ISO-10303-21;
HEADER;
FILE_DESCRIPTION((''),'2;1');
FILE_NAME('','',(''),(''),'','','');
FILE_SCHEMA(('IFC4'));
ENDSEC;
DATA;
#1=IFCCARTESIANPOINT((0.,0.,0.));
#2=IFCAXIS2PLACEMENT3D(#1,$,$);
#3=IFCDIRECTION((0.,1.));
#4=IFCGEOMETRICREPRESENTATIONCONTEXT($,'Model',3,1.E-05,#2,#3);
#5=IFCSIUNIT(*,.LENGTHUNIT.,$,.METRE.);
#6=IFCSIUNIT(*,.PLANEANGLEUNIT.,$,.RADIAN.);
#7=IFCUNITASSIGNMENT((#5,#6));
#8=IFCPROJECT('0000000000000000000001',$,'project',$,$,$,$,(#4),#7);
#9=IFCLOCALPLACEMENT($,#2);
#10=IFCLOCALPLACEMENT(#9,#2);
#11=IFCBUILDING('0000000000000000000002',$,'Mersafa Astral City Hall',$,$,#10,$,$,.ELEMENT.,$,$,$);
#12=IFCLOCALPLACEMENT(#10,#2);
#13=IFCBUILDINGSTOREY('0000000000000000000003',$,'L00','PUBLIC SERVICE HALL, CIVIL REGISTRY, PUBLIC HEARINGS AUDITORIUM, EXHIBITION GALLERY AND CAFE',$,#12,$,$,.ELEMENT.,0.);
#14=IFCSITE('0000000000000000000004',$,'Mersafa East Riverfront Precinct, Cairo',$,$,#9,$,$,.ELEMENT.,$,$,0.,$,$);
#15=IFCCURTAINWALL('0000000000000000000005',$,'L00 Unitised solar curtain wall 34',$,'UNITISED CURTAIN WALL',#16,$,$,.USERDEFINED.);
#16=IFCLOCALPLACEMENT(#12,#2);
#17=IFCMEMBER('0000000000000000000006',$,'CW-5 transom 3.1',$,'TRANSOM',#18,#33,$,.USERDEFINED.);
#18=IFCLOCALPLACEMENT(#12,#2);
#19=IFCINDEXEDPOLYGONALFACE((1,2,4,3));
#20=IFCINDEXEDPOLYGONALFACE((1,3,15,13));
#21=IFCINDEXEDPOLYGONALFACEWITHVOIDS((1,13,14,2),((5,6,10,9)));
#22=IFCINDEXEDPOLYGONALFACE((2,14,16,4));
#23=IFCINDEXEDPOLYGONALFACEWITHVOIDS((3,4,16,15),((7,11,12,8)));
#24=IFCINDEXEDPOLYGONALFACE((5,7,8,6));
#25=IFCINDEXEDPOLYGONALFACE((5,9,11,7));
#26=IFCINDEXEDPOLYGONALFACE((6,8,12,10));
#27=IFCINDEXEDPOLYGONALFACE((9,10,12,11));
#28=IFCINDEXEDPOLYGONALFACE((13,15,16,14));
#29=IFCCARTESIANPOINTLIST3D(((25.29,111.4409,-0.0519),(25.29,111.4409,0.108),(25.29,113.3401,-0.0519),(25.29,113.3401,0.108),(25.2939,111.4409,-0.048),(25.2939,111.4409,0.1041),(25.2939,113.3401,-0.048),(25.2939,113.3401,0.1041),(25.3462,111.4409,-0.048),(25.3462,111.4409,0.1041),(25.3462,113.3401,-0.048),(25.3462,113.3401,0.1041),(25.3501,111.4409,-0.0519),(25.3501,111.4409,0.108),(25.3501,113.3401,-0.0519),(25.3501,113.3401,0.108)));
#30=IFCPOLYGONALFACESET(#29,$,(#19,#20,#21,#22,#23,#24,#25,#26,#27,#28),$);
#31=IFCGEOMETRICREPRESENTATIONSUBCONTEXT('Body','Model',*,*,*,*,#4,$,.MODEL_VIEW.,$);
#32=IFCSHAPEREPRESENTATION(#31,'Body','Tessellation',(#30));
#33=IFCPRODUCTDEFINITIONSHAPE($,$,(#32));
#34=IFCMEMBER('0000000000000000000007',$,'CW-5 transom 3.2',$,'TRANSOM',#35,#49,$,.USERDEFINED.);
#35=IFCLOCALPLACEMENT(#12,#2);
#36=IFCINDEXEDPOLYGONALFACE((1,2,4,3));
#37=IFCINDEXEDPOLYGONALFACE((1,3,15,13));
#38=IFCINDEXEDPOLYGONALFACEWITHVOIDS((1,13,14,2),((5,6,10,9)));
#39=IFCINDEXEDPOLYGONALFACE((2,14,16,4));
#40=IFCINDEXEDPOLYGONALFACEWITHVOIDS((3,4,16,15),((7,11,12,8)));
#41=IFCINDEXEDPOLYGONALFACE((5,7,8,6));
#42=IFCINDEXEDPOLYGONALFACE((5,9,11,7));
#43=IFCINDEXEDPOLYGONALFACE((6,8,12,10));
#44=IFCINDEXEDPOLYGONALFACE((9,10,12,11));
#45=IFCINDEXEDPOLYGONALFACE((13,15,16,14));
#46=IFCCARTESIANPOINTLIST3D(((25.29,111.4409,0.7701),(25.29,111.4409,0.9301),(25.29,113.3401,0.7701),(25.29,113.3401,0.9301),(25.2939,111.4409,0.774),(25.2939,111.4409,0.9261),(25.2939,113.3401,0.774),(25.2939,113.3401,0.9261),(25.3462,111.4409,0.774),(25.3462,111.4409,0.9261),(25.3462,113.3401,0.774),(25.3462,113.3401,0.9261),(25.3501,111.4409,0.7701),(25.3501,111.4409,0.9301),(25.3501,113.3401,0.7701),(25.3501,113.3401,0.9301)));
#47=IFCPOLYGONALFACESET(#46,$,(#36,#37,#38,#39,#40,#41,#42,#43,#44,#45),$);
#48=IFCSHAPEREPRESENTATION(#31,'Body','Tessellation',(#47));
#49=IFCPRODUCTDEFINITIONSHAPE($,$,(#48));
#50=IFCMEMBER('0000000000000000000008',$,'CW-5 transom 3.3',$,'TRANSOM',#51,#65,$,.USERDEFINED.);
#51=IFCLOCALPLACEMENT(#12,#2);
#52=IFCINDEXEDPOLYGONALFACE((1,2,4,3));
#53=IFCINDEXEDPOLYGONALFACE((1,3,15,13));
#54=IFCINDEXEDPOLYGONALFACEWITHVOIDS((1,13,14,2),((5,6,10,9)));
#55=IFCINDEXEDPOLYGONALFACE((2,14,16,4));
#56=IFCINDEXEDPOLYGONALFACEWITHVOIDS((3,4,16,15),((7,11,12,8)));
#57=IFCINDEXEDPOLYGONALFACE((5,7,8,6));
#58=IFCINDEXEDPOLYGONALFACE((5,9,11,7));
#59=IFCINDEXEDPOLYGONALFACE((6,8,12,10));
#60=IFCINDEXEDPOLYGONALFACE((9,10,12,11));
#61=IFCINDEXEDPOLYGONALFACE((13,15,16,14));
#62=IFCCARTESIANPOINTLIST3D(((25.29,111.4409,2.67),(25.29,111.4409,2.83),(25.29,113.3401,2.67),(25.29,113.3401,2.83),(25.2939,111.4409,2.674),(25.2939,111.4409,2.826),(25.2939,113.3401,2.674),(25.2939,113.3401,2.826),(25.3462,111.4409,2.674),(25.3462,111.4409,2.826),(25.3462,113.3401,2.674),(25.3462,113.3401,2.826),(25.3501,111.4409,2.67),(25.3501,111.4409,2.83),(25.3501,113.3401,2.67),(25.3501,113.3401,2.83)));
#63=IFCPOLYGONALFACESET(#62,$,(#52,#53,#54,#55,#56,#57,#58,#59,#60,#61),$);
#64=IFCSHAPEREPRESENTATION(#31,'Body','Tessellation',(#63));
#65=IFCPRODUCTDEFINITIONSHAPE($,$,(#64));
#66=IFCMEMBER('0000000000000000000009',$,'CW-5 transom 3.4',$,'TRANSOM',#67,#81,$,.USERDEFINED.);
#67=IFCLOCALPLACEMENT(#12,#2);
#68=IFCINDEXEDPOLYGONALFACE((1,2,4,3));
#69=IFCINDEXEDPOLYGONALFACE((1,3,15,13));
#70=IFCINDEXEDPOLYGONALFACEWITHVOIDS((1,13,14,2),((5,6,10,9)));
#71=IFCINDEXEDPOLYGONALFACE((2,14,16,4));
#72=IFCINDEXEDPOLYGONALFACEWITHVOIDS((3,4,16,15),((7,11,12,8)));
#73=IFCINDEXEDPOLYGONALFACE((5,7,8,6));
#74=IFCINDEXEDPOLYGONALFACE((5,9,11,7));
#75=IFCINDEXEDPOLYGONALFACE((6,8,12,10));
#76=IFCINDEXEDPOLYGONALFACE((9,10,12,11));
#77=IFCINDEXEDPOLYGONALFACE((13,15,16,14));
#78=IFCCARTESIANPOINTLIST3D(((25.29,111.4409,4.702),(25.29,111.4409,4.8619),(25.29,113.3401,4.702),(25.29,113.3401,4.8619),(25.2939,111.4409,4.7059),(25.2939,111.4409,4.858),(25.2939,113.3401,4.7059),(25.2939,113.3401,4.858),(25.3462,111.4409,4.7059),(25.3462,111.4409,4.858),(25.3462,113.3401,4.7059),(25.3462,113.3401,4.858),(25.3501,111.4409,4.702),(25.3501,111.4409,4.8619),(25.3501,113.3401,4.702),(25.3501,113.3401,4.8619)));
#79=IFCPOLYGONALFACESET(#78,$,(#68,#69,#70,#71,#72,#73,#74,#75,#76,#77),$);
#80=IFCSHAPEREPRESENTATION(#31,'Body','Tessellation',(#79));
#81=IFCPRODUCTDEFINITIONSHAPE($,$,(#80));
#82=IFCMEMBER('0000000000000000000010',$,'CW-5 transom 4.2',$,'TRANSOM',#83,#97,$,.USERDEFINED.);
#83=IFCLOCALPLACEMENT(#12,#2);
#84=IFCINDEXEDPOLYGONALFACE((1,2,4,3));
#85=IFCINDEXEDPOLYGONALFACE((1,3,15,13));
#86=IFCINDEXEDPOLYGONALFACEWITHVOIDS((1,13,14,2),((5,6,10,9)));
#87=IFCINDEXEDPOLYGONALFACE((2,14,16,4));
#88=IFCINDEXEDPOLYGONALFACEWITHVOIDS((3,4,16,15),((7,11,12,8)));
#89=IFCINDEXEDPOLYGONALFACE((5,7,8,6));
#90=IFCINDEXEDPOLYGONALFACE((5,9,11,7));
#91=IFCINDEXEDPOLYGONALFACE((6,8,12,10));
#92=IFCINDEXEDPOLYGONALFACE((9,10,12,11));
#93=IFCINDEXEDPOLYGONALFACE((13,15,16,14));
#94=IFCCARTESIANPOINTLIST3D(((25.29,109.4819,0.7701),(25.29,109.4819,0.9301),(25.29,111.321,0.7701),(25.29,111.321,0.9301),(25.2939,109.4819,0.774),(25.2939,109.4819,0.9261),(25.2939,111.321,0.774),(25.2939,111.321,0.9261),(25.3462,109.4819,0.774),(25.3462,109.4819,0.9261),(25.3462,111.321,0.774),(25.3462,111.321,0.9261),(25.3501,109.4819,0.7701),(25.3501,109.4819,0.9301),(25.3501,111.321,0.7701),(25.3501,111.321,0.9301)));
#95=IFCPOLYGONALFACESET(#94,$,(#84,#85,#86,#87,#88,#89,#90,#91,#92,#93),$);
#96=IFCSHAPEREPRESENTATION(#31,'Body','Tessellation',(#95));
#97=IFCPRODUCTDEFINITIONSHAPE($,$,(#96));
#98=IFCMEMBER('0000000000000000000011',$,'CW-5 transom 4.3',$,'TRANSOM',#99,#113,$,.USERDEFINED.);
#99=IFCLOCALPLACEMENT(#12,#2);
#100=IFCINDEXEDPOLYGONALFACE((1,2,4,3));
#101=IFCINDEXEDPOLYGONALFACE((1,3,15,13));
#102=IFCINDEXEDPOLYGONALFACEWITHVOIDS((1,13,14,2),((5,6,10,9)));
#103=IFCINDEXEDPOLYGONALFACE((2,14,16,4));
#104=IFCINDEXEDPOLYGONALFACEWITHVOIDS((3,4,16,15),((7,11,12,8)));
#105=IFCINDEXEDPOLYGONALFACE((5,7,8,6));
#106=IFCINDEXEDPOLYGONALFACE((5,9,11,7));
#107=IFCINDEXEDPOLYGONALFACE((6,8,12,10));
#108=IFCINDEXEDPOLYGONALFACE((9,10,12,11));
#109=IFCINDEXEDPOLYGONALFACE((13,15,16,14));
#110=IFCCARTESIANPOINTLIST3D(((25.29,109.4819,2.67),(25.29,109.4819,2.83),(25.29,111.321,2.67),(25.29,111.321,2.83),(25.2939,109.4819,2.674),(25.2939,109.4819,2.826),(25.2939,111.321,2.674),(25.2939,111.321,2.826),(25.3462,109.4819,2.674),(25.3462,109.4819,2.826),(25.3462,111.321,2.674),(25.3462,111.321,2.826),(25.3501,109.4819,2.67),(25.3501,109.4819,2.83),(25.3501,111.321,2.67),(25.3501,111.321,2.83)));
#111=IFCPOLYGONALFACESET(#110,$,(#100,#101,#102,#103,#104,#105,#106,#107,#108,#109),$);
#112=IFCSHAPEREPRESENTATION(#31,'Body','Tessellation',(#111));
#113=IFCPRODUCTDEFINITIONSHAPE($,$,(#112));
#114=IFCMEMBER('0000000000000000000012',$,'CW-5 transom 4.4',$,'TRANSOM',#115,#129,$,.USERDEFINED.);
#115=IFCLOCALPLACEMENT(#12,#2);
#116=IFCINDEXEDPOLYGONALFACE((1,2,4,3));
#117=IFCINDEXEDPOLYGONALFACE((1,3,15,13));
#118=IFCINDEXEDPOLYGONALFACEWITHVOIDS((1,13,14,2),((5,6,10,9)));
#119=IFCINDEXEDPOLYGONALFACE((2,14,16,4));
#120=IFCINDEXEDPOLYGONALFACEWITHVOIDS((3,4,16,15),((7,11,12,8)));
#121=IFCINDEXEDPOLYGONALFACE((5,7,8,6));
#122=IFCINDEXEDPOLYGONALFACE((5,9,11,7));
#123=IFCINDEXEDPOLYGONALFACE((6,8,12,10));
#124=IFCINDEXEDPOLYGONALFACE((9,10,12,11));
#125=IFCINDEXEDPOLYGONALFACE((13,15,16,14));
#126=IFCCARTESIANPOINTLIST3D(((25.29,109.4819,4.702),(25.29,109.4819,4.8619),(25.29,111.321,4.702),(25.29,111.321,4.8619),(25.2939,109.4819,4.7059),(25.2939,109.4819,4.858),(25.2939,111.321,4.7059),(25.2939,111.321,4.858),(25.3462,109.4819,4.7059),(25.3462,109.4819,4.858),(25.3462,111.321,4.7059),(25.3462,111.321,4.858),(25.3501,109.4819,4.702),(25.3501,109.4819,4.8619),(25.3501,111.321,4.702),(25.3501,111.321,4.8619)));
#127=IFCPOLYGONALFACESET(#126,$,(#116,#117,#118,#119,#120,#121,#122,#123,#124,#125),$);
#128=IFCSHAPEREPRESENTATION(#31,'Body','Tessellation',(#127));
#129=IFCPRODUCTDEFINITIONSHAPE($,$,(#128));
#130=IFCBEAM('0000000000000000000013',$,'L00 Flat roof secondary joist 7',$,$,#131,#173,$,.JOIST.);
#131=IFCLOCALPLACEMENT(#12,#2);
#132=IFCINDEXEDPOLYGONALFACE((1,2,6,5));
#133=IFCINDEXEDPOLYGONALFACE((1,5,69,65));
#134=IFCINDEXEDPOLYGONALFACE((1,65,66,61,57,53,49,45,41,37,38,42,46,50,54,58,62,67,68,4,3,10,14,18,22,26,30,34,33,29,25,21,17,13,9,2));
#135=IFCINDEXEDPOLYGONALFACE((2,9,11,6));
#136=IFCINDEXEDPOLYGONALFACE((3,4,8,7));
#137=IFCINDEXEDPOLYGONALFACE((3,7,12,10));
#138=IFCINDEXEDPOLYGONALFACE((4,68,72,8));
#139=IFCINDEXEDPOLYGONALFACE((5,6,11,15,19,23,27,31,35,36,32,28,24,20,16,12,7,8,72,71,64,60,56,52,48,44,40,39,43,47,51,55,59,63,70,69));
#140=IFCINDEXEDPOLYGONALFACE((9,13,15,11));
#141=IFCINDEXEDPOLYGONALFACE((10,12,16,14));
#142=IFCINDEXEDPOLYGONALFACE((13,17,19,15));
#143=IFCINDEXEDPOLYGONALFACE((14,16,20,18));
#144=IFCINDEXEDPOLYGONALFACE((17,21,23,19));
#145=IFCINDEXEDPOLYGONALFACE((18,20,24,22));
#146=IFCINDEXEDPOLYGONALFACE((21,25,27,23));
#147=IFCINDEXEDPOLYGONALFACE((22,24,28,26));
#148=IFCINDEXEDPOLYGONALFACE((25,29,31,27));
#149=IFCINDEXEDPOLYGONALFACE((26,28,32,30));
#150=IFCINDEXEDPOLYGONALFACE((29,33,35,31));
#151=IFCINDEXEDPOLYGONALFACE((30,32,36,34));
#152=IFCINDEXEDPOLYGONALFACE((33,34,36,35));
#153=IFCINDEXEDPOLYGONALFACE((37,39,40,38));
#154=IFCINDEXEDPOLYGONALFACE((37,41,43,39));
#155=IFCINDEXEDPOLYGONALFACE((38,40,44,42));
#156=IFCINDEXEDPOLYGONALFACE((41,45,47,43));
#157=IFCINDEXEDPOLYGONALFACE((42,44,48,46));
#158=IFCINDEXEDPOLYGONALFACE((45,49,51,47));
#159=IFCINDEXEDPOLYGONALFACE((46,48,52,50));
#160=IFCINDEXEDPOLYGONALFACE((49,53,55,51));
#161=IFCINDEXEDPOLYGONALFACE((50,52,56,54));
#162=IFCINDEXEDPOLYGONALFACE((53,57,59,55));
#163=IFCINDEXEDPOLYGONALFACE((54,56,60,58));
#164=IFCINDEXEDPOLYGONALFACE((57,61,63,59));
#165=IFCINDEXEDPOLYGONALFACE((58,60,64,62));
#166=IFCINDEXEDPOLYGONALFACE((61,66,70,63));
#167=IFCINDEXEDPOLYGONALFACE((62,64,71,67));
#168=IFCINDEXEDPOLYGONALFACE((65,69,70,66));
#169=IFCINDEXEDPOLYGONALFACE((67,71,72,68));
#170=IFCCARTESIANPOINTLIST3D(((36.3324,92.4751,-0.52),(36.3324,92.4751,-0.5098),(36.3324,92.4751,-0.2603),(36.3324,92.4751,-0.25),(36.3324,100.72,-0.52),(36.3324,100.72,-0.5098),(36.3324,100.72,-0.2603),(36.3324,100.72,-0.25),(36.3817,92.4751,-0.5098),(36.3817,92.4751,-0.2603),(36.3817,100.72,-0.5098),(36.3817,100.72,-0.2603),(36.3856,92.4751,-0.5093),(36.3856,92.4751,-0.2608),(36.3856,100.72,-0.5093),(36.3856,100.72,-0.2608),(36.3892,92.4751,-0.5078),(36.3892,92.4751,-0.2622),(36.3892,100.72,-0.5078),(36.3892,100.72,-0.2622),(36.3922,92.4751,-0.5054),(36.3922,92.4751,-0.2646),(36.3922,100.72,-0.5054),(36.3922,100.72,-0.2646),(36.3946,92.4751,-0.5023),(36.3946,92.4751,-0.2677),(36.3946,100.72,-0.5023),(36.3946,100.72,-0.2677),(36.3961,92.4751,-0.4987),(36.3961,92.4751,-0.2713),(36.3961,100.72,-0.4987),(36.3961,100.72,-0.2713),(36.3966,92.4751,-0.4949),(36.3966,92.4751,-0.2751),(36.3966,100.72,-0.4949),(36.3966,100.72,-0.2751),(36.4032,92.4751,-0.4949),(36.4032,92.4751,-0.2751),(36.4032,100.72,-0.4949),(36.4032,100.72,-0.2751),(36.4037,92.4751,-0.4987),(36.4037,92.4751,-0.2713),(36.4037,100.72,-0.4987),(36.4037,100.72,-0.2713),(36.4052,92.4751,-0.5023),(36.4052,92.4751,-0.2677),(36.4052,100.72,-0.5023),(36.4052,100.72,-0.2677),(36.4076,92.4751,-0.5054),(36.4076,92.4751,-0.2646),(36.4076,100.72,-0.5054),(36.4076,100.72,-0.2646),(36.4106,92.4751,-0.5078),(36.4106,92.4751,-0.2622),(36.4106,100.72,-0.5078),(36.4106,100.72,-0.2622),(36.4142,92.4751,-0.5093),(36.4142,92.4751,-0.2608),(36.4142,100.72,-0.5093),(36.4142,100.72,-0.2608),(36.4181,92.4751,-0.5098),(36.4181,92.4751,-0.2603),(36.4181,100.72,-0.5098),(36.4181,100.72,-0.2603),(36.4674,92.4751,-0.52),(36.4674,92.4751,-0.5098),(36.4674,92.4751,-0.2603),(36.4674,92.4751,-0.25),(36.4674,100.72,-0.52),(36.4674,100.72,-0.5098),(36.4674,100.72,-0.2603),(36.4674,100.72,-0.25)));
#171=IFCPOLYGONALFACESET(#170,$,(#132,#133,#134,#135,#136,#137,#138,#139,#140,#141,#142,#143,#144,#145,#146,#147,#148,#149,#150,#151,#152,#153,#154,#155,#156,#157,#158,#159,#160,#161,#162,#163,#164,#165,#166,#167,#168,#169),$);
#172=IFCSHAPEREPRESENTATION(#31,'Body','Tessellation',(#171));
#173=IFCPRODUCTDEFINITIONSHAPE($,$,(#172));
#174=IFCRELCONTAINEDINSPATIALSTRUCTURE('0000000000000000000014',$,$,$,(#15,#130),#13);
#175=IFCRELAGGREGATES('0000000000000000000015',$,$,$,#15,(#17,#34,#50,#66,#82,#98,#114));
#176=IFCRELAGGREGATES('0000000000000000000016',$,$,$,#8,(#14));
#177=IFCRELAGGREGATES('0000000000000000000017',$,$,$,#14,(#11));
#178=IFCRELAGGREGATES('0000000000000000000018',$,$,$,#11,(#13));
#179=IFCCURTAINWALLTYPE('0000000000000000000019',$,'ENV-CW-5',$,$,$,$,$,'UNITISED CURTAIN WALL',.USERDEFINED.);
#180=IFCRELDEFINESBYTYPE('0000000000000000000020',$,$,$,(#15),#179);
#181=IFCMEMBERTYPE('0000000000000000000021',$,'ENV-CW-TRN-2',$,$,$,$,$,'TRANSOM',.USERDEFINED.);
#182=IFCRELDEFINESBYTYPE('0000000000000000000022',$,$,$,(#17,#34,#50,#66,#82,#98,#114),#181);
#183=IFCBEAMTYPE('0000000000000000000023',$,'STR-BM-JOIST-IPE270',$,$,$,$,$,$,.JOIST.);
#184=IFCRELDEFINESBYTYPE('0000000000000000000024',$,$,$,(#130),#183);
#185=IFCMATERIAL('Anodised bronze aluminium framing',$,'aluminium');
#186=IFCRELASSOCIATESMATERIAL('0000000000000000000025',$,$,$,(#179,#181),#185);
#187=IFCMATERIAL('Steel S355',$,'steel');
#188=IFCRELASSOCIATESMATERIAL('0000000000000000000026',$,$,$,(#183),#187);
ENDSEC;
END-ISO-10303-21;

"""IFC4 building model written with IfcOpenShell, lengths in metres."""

from ifc_helpers import new_model, si_unit, direction, frame, origin, origin_2d, place, context, subcontext, project, spatial, hollow_rectangle, i_section, extrude, material, material_profile, profile_set, type_object, element, aggregate, save


model = new_model("IFC4")

# Units and contexts
model_context = context("Model", 3, precision=1e-05, world=origin(), true_north=direction((0.0, 1.0)))
body_context = subcontext(model_context, "Body", "Model", "MODEL_VIEW")
ifc_project = project(units=[si_unit("LENGTHUNIT", "METRE"), si_unit("PLANEANGLEUNIT", "RADIAN")], contexts=[model_context])

# Site, building, storey
site_placement = place(None, origin())
site = spatial("IfcSite", under=ifc_project, at=site_placement, Name="Mersafa East Riverfront Precinct, Cairo", CompositionType="ELEMENT", RefElevation=0.0)
building_placement = place(site_placement, origin())
building = spatial("IfcBuilding", under=site, at=building_placement, Name="Mersafa Astral City Hall", CompositionType="ELEMENT")
storey_placement = place(building_placement, origin())
storey = spatial("IfcBuildingStorey", under=building, at=storey_placement, Name="L00", Description="PUBLIC SERVICE HALL, CIVIL REGISTRY, PUBLIC HEARINGS AUDITORIUM, EXHIBITION GALLERY AND CAFE", CompositionType="ELEMENT", Elevation=0.0)

# Shared definitions
ifc_material_1 = material(Name="Steel S355", Category="steel")

# Curtain wall, members
ifc_material_2 = material(Name="Anodised bronze aluminium framing", Category="aluminium")
curtain_wall_type = type_object("IfcCurtainWallType", Name="ENV-CW-5", ElementType="UNITISED CURTAIN WALL", PredefinedType="USERDEFINED", material=ifc_material_2)
curtain_wall_placement = place(storey_placement, origin())
curtain_wall = element("IfcCurtainWall", 1, at=curtain_wall_placement, inside=storey, type_object=curtain_wall_type, Name="L00 Unitised solar curtain wall 34", ObjectType="UNITISED CURTAIN WALL", PredefinedType="USERDEFINED")
ifc_material_profile_1 = material_profile(ifc_material_2, hollow_rectangle(XDim=0.0601, YDim=0.1599, WallThickness=0.0039, at=origin_2d()), Name="RHS 60x160x4")
ifc_profile_set_1 = profile_set([ifc_material_profile_1], Name="Anodised bronze aluminium framing")
member_type_1 = type_object("IfcMemberType", Name="ENV-CW-TRN-2", ElementType="TRANSOM", PredefinedType="USERDEFINED", material=ifc_profile_set_1)
member_1_placement = place(storey_placement, frame((25.3201, 113.3401, 0.0281), z_axis=(0.0, -1.0, 0.0), x_axis=(1.0, 0.0, 0.0)))
member_1 = element("IfcMember", 2, at=member_1_placement, type_object=member_type_1, Name="CW-5 transom 3.1", ObjectType="TRANSOM", PredefinedType="USERDEFINED", context=body_context, shape_type="SweptSolid", body=[
    extrude(hollow_rectangle(XDim=0.0601, YDim=0.1599, WallThickness=0.0039, at=origin_2d()), origin(), (0.0, 0.0, 1.0), 1.8992),
])
member_2_placement = place(storey_placement, frame((25.3201, 113.3401, 0.8501), z_axis=(0.0, -1.0, 0.0), x_axis=(1.0, 0.0, 0.0)))
member_2 = element("IfcMember", 3, at=member_2_placement, type_object=member_type_1, Name="CW-5 transom 3.2", ObjectType="TRANSOM", PredefinedType="USERDEFINED", context=body_context, shape_type="SweptSolid", body=[
    extrude(hollow_rectangle(XDim=0.0601, YDim=0.1599, WallThickness=0.0039, at=origin_2d()), origin(), (0.0, 0.0, 1.0), 1.8992),
])
member_3_placement = place(storey_placement, frame((25.3201, 113.3401, 2.75), z_axis=(0.0, -1.0, 0.0), x_axis=(1.0, 0.0, 0.0)))
member_3 = element("IfcMember", 4, at=member_3_placement, type_object=member_type_1, Name="CW-5 transom 3.3", ObjectType="TRANSOM", PredefinedType="USERDEFINED", context=body_context, shape_type="SweptSolid", body=[
    extrude(hollow_rectangle(XDim=0.0601, YDim=0.1599, WallThickness=0.0039, at=origin_2d()), origin(), (0.0, 0.0, 1.0), 1.8992),
])
member_4_placement = place(storey_placement, frame((25.3201, 113.3401, 4.782), z_axis=(0.0, -1.0, 0.0), x_axis=(1.0, 0.0, 0.0)))
member_4 = element("IfcMember", 5, at=member_4_placement, type_object=member_type_1, Name="CW-5 transom 3.4", ObjectType="TRANSOM", PredefinedType="USERDEFINED", context=body_context, shape_type="SweptSolid", body=[
    extrude(hollow_rectangle(XDim=0.0601, YDim=0.1599, WallThickness=0.0039, at=origin_2d()), origin(), (0.0, 0.0, 1.0), 1.8992),
])
member_5_placement = place(storey_placement, frame((25.3201, 111.321, 0.8501), z_axis=(0.0, -1.0, 0.0), x_axis=(1.0, 0.0, 0.0)))
member_5 = element("IfcMember", 6, at=member_5_placement, type_object=member_type_1, Name="CW-5 transom 4.2", ObjectType="TRANSOM", PredefinedType="USERDEFINED", context=body_context, shape_type="SweptSolid", body=[
    extrude(hollow_rectangle(XDim=0.0601, YDim=0.1599, WallThickness=0.0039, at=origin_2d()), origin(), (0.0, 0.0, 1.0), 1.8391),
])
member_6_placement = place(storey_placement, frame((25.3201, 111.321, 2.75), z_axis=(0.0, -1.0, 0.0), x_axis=(1.0, 0.0, 0.0)))
member_6 = element("IfcMember", 7, at=member_6_placement, type_object=member_type_1, Name="CW-5 transom 4.3", ObjectType="TRANSOM", PredefinedType="USERDEFINED", context=body_context, shape_type="SweptSolid", body=[
    extrude(hollow_rectangle(XDim=0.0601, YDim=0.1599, WallThickness=0.0039, at=origin_2d()), origin(), (0.0, 0.0, 1.0), 1.8391),
])
member_7_placement = place(storey_placement, frame((25.3201, 111.321, 4.782), z_axis=(0.0, -1.0, 0.0), x_axis=(1.0, 0.0, 0.0)))
member_7 = element("IfcMember", 8, at=member_7_placement, type_object=member_type_1, Name="CW-5 transom 4.4", ObjectType="TRANSOM", PredefinedType="USERDEFINED", context=body_context, shape_type="SweptSolid", body=[
    extrude(hollow_rectangle(XDim=0.0601, YDim=0.1599, WallThickness=0.0039, at=origin_2d()), origin(), (0.0, 0.0, 1.0), 1.8391),
])

# Beam
ifc_material_profile_2 = material_profile(ifc_material_1, i_section(OverallWidth=0.135, OverallDepth=0.27, WebThickness=0.0066, FlangeThickness=0.0103, FilletRadius=0.0149, at=origin_2d()), Name="IPE 270")
ifc_profile_set_2 = profile_set([ifc_material_profile_2], Name="Steel S355")
beam_type_1 = type_object("IfcBeamType", Name="STR-BM-JOIST-IPE270", PredefinedType="JOIST", material=ifc_profile_set_2)
beam_1_placement = place(storey_placement, frame((36.3999, 92.4751, -0.385), z_axis=(0.0, 1.0, 0.0), x_axis=(-1.0, 0.0, 0.0)))
element("IfcBeam", 9, at=beam_1_placement, inside=storey, type_object=beam_type_1, Name="L00 Flat roof secondary joist 7", PredefinedType="JOIST", context=body_context, shape_type="SweptSolid", body=[
    extrude(i_section(OverallWidth=0.135, OverallDepth=0.27, WebThickness=0.0066, FlangeThickness=0.0103, FilletRadius=0.0149, at=origin_2d()), origin(), (0.0, 0.0, 1.0), 8.2449),
])

aggregate(curtain_wall, [member_1, member_2, member_3, member_4, member_5, member_6, member_7])

save(model, "model.ifc")
